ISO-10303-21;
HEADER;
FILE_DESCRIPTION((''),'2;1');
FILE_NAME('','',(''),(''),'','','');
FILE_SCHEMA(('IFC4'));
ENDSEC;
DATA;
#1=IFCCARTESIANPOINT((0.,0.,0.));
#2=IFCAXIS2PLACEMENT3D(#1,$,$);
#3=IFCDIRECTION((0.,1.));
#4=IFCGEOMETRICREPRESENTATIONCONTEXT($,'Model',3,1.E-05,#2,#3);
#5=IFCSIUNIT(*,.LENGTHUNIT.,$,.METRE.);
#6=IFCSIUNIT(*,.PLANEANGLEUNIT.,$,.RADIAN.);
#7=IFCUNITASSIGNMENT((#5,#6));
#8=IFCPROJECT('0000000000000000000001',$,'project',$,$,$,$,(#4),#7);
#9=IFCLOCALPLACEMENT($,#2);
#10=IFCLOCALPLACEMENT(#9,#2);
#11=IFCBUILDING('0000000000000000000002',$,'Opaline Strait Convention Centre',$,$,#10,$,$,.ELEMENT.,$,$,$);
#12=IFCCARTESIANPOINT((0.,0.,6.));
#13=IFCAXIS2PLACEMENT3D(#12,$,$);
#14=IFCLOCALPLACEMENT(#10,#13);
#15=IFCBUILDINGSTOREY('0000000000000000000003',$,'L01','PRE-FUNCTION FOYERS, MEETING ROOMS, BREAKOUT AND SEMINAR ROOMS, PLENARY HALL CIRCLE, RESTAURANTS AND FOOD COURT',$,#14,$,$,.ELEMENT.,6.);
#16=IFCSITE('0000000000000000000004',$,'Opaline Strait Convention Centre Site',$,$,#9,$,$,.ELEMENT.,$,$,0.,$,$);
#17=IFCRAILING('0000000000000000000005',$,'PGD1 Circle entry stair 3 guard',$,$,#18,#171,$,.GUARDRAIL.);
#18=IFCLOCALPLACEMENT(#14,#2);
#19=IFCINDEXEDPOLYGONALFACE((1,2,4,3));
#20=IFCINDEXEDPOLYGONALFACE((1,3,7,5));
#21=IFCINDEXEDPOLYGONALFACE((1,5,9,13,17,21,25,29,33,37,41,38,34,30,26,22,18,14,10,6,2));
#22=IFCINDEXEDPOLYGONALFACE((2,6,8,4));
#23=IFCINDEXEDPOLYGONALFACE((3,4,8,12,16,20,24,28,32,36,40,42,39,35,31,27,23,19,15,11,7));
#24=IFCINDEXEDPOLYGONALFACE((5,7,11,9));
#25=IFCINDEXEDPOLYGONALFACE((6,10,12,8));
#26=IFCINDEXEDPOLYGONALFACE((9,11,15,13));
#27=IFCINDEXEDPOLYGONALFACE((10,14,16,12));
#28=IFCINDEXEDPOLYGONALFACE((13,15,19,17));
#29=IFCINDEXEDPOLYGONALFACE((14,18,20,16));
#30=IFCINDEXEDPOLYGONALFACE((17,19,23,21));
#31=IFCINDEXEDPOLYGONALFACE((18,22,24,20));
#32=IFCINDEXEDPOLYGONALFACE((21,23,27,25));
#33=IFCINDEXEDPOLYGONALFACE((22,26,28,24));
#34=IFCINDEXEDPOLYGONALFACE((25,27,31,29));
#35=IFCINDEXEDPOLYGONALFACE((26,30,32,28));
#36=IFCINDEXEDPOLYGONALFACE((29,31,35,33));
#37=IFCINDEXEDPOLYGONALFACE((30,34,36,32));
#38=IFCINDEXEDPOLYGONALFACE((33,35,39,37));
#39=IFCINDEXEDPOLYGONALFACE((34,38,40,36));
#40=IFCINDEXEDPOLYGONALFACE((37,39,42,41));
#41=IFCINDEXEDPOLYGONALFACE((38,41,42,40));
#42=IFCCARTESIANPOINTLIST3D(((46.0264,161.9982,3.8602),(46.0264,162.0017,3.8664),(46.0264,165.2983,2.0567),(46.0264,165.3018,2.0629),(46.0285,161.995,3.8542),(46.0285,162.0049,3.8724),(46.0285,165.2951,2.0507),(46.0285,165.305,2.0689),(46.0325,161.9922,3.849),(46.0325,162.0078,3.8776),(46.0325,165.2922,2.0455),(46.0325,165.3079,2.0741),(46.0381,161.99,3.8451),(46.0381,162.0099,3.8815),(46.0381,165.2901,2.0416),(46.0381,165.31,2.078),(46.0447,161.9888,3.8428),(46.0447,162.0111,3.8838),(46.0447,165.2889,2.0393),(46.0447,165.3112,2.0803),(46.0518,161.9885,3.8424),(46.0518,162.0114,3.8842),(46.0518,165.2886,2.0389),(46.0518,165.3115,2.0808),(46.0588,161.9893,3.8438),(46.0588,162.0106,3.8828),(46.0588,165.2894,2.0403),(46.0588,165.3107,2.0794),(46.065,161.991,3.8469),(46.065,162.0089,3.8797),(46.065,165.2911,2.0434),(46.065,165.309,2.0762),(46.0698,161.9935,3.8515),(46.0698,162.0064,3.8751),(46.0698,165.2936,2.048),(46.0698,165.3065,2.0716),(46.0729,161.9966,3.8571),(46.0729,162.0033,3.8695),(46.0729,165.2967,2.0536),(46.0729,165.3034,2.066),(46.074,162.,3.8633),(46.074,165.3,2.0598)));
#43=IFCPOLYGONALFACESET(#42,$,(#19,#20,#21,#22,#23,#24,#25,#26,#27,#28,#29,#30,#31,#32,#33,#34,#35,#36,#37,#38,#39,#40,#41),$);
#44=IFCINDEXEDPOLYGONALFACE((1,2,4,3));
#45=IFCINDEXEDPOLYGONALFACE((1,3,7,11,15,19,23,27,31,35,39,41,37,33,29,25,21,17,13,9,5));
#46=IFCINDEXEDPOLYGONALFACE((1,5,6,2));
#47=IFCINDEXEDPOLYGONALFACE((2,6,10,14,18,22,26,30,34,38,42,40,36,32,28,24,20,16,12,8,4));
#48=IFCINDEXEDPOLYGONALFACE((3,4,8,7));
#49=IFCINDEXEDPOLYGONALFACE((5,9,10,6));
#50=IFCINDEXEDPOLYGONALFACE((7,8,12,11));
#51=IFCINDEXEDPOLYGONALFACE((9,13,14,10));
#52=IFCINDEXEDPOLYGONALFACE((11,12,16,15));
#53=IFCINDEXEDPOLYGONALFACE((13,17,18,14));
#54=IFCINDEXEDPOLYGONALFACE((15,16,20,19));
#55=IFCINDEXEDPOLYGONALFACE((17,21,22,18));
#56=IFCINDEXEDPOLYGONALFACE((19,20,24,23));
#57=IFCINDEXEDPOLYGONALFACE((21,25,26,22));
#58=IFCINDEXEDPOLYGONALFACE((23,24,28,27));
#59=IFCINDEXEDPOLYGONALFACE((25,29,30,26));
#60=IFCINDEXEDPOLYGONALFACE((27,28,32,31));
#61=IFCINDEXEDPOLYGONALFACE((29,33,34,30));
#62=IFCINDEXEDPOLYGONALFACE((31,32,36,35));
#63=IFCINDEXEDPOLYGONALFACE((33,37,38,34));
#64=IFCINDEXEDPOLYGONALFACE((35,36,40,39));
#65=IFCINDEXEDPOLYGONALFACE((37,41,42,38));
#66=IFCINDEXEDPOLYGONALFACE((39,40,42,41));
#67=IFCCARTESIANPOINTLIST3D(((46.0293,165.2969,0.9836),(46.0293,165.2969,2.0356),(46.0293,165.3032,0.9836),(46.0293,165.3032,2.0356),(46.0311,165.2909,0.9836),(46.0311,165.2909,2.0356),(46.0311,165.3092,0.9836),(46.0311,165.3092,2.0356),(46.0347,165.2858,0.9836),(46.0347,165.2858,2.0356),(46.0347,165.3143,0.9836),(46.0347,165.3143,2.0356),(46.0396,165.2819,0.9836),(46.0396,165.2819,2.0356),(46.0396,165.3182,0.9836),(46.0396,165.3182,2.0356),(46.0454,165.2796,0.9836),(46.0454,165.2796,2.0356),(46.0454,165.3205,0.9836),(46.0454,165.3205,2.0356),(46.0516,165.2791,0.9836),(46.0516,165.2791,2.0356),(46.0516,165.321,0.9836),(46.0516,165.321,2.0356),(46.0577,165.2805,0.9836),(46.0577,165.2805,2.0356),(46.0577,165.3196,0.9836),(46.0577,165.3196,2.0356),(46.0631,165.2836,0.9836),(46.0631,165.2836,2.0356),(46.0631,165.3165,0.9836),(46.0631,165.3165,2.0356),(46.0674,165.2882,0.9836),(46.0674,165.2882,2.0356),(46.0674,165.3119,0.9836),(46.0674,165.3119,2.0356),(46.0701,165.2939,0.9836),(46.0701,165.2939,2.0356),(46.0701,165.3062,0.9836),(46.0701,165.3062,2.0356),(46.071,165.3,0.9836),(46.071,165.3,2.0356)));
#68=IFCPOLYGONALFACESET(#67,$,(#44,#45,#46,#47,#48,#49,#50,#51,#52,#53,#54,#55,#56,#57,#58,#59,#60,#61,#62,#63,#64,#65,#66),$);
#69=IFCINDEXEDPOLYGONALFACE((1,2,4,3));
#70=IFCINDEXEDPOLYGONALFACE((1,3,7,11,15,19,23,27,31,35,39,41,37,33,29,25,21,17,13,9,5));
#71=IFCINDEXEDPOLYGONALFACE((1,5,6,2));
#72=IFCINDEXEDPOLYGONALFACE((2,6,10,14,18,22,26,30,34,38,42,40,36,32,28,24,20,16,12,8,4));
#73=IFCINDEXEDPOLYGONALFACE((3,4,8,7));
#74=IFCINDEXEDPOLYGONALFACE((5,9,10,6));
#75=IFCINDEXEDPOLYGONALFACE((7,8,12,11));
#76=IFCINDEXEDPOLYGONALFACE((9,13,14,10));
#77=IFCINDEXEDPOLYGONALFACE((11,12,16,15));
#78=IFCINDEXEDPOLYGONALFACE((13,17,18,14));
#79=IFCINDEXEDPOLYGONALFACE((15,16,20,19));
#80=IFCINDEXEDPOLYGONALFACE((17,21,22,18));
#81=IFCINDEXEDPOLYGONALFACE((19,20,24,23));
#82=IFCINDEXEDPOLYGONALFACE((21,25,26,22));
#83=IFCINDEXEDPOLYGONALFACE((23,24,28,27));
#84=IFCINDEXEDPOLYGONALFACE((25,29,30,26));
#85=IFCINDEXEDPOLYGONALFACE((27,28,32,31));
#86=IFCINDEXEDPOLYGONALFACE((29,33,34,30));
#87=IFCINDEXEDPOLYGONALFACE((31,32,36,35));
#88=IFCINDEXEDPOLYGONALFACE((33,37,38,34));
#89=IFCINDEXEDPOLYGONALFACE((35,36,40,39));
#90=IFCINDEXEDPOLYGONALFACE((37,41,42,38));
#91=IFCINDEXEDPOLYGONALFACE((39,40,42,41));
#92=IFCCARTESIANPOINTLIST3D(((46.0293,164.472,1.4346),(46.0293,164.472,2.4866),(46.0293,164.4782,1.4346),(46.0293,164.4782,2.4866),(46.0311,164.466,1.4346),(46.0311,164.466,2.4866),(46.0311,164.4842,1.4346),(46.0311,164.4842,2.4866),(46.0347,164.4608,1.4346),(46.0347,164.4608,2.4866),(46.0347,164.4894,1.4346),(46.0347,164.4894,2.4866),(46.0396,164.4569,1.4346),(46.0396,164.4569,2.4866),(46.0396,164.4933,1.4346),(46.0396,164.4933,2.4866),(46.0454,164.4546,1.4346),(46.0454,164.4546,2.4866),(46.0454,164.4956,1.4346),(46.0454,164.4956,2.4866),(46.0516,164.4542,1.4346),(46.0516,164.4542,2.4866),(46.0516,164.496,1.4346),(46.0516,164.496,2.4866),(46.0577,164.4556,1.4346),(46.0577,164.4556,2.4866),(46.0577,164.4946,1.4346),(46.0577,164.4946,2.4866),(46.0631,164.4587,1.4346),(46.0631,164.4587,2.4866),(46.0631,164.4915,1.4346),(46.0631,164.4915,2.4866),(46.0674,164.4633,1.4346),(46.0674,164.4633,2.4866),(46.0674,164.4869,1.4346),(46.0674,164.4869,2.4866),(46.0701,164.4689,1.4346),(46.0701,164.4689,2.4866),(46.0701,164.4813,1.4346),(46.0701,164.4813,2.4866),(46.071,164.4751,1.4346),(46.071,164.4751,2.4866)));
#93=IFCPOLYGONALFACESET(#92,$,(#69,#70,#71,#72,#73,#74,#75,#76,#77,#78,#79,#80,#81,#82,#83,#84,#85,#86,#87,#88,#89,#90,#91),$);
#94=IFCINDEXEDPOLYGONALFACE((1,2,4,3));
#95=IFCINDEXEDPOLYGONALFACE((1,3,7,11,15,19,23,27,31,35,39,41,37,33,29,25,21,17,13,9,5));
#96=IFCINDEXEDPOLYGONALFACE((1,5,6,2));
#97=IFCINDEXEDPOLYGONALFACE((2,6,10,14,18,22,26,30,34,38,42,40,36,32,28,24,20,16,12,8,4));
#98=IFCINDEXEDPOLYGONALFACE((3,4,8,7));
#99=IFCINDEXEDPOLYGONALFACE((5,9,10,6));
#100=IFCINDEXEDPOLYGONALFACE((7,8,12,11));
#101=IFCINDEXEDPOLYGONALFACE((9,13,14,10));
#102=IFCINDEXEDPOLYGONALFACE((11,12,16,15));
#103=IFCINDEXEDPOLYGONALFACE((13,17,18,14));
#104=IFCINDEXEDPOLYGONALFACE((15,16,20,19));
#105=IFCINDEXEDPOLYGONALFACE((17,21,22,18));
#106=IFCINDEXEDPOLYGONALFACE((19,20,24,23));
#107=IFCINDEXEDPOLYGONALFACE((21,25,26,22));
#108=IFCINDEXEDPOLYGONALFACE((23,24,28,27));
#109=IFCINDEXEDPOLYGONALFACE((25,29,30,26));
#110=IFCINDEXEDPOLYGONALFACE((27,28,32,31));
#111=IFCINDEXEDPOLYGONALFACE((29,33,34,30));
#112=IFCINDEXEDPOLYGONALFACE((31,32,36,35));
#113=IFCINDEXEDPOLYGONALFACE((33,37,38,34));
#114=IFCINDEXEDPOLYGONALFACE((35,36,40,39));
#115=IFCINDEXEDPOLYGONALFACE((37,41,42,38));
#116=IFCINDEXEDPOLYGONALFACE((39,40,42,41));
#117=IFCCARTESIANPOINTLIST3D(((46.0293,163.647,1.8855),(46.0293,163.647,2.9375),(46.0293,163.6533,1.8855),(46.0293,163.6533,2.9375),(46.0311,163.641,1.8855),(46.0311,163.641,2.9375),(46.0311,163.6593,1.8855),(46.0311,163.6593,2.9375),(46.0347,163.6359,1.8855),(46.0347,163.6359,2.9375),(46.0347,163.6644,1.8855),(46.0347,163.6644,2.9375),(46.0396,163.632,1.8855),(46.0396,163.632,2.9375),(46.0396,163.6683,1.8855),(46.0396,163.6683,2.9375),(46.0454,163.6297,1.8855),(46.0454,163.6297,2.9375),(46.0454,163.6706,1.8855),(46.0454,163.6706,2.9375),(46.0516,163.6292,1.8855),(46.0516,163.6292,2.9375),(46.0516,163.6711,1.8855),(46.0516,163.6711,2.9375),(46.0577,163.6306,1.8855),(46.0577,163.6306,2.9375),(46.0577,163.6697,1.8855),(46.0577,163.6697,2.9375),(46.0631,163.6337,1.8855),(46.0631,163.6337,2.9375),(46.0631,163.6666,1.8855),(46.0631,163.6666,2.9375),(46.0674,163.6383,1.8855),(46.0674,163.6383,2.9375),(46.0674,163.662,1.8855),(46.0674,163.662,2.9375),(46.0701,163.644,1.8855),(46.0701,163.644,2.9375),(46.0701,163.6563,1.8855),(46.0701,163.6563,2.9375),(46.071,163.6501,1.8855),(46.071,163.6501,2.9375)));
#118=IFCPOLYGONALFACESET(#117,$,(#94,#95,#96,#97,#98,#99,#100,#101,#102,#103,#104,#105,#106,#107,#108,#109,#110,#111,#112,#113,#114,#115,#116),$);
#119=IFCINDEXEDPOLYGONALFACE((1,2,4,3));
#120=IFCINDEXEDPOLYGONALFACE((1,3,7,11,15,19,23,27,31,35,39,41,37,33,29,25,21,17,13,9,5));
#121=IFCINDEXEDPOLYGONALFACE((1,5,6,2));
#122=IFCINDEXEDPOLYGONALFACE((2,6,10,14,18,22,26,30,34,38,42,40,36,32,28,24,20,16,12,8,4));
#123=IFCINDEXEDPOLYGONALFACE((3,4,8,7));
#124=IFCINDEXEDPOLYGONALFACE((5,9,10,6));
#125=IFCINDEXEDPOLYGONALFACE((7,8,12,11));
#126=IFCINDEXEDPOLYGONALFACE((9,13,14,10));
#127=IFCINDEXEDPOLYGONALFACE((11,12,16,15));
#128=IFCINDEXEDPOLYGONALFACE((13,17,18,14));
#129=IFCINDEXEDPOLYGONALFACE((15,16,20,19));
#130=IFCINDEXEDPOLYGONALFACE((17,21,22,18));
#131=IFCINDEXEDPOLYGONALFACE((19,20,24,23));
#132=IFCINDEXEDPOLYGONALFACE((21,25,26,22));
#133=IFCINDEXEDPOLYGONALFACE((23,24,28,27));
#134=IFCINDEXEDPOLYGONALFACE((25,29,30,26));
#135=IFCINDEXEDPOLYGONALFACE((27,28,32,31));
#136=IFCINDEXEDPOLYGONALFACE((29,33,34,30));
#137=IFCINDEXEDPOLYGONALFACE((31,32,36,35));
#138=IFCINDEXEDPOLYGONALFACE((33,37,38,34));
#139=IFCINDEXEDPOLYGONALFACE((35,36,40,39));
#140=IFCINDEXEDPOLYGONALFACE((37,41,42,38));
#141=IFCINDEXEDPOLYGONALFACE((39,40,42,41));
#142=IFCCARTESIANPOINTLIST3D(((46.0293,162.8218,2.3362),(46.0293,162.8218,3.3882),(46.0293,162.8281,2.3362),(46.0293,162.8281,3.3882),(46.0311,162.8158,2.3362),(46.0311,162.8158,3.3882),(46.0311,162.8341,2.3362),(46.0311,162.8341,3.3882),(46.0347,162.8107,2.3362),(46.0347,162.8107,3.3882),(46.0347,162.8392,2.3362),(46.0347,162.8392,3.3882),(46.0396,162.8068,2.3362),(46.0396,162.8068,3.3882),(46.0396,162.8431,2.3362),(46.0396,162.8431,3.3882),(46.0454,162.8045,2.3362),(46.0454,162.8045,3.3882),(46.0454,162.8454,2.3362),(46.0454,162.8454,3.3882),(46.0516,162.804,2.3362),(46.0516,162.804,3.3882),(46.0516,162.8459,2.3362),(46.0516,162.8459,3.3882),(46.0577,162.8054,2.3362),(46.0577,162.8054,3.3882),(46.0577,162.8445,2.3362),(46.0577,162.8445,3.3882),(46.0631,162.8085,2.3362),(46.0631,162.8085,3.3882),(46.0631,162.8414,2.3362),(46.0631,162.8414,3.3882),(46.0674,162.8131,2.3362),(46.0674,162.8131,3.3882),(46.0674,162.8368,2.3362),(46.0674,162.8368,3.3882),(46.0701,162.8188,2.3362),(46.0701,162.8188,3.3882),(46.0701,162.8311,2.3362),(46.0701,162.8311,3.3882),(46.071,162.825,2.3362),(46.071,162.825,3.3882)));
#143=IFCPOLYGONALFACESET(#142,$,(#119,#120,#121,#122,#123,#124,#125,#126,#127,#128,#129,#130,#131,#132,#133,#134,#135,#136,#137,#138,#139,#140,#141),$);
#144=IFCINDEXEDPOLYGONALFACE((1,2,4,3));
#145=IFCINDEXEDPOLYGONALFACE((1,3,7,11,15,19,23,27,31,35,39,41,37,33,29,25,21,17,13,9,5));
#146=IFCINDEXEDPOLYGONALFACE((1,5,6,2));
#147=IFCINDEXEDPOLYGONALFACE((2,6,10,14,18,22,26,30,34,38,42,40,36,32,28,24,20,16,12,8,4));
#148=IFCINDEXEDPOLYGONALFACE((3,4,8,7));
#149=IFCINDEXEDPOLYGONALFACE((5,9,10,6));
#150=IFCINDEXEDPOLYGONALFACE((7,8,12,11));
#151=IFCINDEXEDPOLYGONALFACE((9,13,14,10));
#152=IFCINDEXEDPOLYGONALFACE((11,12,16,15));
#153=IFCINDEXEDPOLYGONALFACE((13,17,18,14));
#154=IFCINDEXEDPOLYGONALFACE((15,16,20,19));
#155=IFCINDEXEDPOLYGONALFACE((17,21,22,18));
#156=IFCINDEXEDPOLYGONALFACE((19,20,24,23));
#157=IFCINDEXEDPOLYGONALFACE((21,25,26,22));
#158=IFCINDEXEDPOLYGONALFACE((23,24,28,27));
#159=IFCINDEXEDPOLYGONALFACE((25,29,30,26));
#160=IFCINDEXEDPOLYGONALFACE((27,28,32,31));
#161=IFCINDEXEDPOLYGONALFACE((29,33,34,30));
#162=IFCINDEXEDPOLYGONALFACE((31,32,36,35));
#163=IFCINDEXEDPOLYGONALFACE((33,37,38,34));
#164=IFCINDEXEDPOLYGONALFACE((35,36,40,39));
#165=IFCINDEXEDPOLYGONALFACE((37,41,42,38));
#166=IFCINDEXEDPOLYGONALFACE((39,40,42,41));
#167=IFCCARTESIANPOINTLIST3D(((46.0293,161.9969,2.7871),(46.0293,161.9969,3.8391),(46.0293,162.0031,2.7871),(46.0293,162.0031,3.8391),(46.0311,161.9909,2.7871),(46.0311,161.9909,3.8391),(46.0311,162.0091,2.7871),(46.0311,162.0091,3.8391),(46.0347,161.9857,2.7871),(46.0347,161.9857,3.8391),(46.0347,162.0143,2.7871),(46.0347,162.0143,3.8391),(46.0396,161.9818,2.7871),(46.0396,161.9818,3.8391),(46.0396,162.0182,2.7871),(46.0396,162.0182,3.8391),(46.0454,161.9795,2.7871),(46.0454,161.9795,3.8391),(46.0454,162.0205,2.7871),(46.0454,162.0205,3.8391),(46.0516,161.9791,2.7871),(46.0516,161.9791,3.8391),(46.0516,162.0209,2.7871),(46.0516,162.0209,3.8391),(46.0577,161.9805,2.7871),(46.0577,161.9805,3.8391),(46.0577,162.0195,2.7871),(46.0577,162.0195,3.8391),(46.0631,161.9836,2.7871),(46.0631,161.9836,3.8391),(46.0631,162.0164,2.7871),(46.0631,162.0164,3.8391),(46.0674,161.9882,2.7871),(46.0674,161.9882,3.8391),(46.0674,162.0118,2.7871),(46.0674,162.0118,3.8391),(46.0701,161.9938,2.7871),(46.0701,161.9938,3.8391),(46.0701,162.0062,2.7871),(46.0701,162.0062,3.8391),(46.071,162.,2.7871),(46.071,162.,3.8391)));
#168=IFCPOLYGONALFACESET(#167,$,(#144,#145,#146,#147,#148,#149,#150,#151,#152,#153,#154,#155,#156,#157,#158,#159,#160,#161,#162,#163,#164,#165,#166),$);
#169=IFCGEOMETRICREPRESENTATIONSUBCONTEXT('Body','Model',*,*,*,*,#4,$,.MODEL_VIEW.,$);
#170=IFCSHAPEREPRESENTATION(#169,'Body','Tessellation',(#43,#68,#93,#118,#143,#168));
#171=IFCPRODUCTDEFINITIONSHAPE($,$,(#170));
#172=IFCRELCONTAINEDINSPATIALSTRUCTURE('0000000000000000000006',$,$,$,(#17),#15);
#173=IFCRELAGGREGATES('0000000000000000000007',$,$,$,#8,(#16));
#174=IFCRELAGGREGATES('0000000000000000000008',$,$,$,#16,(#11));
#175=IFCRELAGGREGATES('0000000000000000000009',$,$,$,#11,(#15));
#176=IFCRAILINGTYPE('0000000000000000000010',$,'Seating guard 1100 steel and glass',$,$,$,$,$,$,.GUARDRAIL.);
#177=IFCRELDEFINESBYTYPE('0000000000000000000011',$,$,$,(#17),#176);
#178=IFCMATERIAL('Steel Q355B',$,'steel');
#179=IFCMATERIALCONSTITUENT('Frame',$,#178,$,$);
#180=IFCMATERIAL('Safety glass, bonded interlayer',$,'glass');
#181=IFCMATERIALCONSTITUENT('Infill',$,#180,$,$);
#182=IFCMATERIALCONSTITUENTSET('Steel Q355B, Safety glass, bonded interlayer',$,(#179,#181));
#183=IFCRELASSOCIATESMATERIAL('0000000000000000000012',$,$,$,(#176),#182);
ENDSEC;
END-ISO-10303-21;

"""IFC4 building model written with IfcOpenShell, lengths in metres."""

from ifc_helpers import new_model, si_unit, direction, frame, origin, origin_2d, place, context, subcontext, project, spatial, circle, extrude, material, constituent, constituent_set, type_object, element, save


model = new_model("IFC4")

# Units and contexts
model_context = context("Model", 3, precision=1e-05, world=origin(), true_north=direction((0.0, 1.0)))
body_context = subcontext(model_context, "Body", "Model", "MODEL_VIEW")
ifc_project = project(units=[si_unit("LENGTHUNIT", "METRE"), si_unit("PLANEANGLEUNIT", "RADIAN")], contexts=[model_context])

# Site, building, storey
site_placement = place(None, origin())
site = spatial("IfcSite", under=ifc_project, at=site_placement, Name="Opaline Strait Convention Centre Site", CompositionType="ELEMENT", RefElevation=0.0)
building_placement = place(site_placement, origin())
building = spatial("IfcBuilding", under=site, at=building_placement, Name="Opaline Strait Convention Centre", CompositionType="ELEMENT")
storey_placement = place(building_placement, frame((0.0, 0.0, 6.0)))
storey = spatial("IfcBuildingStorey", under=building, at=storey_placement, Name="L01", Description="PRE-FUNCTION FOYERS, MEETING ROOMS, BREAKOUT AND SEMINAR ROOMS, PLENARY HALL CIRCLE, RESTAURANTS AND FOOD COURT", CompositionType="ELEMENT", Elevation=6.0)

# Railing
ifc_material_1 = material(Name="Steel Q355B", Category="steel")
ifc_constituent_1 = constituent(ifc_material_1, Name="Frame")
ifc_material_2 = material(Name="Safety glass, bonded interlayer", Category="glass")
ifc_constituent_2 = constituent(ifc_material_2, Name="Infill")
ifc_constituent_set = constituent_set(constituents=[ifc_constituent_1, ifc_constituent_2], Name="Steel Q355B, Safety glass, bonded interlayer")
railing_type_1 = type_object("IfcRailingType", Name="Seating guard 1100 steel and glass", PredefinedType="GUARDRAIL", material=ifc_constituent_set)
for number, where, name in (
    (1, (46.05, 165.3, 0.9836), "PGD1 Circle entry stair 3 guard"),
):
    element("IfcRailing", number, at=place(storey_placement, frame(where)), inside=storey, type_object=railing_type_1, Name=name, PredefinedType="GUARDRAIL", context=body_context, shape_type="SweptSolid", body=[
        extrude(circle(Radius=0.0239, at=origin_2d()), frame((0.0, 0.0, 1.0762), z_axis=(0.0, -0.877511, 0.479557), x_axis=(1.0, 0.0, 0.0)), (0.0, 0.0, 1.0), 3.7607),
        extrude(circle(Radius=0.021, at=origin_2d()), origin(), (0.0, 0.0, 1.0), 1.052),
        extrude(circle(Radius=0.021, at=origin_2d()), frame((0.0, -0.825, 0.4509)), (0.0, 0.0, 1.0), 1.052),
        extrude(circle(Radius=0.021, at=origin_2d()), frame((0.0, -1.6499, 0.9019)), (0.0, 0.0, 1.0), 1.052),
        extrude(circle(Radius=0.021, at=origin_2d()), frame((0.0, -2.4751, 1.3525)), (0.0, 0.0, 1.0), 1.052),
        extrude(circle(Radius=0.021, at=origin_2d()), frame((0.0, -3.3, 1.8035)), (0.0, 0.0, 1.0), 1.052),
    ])

save(model, "model.ifc")
